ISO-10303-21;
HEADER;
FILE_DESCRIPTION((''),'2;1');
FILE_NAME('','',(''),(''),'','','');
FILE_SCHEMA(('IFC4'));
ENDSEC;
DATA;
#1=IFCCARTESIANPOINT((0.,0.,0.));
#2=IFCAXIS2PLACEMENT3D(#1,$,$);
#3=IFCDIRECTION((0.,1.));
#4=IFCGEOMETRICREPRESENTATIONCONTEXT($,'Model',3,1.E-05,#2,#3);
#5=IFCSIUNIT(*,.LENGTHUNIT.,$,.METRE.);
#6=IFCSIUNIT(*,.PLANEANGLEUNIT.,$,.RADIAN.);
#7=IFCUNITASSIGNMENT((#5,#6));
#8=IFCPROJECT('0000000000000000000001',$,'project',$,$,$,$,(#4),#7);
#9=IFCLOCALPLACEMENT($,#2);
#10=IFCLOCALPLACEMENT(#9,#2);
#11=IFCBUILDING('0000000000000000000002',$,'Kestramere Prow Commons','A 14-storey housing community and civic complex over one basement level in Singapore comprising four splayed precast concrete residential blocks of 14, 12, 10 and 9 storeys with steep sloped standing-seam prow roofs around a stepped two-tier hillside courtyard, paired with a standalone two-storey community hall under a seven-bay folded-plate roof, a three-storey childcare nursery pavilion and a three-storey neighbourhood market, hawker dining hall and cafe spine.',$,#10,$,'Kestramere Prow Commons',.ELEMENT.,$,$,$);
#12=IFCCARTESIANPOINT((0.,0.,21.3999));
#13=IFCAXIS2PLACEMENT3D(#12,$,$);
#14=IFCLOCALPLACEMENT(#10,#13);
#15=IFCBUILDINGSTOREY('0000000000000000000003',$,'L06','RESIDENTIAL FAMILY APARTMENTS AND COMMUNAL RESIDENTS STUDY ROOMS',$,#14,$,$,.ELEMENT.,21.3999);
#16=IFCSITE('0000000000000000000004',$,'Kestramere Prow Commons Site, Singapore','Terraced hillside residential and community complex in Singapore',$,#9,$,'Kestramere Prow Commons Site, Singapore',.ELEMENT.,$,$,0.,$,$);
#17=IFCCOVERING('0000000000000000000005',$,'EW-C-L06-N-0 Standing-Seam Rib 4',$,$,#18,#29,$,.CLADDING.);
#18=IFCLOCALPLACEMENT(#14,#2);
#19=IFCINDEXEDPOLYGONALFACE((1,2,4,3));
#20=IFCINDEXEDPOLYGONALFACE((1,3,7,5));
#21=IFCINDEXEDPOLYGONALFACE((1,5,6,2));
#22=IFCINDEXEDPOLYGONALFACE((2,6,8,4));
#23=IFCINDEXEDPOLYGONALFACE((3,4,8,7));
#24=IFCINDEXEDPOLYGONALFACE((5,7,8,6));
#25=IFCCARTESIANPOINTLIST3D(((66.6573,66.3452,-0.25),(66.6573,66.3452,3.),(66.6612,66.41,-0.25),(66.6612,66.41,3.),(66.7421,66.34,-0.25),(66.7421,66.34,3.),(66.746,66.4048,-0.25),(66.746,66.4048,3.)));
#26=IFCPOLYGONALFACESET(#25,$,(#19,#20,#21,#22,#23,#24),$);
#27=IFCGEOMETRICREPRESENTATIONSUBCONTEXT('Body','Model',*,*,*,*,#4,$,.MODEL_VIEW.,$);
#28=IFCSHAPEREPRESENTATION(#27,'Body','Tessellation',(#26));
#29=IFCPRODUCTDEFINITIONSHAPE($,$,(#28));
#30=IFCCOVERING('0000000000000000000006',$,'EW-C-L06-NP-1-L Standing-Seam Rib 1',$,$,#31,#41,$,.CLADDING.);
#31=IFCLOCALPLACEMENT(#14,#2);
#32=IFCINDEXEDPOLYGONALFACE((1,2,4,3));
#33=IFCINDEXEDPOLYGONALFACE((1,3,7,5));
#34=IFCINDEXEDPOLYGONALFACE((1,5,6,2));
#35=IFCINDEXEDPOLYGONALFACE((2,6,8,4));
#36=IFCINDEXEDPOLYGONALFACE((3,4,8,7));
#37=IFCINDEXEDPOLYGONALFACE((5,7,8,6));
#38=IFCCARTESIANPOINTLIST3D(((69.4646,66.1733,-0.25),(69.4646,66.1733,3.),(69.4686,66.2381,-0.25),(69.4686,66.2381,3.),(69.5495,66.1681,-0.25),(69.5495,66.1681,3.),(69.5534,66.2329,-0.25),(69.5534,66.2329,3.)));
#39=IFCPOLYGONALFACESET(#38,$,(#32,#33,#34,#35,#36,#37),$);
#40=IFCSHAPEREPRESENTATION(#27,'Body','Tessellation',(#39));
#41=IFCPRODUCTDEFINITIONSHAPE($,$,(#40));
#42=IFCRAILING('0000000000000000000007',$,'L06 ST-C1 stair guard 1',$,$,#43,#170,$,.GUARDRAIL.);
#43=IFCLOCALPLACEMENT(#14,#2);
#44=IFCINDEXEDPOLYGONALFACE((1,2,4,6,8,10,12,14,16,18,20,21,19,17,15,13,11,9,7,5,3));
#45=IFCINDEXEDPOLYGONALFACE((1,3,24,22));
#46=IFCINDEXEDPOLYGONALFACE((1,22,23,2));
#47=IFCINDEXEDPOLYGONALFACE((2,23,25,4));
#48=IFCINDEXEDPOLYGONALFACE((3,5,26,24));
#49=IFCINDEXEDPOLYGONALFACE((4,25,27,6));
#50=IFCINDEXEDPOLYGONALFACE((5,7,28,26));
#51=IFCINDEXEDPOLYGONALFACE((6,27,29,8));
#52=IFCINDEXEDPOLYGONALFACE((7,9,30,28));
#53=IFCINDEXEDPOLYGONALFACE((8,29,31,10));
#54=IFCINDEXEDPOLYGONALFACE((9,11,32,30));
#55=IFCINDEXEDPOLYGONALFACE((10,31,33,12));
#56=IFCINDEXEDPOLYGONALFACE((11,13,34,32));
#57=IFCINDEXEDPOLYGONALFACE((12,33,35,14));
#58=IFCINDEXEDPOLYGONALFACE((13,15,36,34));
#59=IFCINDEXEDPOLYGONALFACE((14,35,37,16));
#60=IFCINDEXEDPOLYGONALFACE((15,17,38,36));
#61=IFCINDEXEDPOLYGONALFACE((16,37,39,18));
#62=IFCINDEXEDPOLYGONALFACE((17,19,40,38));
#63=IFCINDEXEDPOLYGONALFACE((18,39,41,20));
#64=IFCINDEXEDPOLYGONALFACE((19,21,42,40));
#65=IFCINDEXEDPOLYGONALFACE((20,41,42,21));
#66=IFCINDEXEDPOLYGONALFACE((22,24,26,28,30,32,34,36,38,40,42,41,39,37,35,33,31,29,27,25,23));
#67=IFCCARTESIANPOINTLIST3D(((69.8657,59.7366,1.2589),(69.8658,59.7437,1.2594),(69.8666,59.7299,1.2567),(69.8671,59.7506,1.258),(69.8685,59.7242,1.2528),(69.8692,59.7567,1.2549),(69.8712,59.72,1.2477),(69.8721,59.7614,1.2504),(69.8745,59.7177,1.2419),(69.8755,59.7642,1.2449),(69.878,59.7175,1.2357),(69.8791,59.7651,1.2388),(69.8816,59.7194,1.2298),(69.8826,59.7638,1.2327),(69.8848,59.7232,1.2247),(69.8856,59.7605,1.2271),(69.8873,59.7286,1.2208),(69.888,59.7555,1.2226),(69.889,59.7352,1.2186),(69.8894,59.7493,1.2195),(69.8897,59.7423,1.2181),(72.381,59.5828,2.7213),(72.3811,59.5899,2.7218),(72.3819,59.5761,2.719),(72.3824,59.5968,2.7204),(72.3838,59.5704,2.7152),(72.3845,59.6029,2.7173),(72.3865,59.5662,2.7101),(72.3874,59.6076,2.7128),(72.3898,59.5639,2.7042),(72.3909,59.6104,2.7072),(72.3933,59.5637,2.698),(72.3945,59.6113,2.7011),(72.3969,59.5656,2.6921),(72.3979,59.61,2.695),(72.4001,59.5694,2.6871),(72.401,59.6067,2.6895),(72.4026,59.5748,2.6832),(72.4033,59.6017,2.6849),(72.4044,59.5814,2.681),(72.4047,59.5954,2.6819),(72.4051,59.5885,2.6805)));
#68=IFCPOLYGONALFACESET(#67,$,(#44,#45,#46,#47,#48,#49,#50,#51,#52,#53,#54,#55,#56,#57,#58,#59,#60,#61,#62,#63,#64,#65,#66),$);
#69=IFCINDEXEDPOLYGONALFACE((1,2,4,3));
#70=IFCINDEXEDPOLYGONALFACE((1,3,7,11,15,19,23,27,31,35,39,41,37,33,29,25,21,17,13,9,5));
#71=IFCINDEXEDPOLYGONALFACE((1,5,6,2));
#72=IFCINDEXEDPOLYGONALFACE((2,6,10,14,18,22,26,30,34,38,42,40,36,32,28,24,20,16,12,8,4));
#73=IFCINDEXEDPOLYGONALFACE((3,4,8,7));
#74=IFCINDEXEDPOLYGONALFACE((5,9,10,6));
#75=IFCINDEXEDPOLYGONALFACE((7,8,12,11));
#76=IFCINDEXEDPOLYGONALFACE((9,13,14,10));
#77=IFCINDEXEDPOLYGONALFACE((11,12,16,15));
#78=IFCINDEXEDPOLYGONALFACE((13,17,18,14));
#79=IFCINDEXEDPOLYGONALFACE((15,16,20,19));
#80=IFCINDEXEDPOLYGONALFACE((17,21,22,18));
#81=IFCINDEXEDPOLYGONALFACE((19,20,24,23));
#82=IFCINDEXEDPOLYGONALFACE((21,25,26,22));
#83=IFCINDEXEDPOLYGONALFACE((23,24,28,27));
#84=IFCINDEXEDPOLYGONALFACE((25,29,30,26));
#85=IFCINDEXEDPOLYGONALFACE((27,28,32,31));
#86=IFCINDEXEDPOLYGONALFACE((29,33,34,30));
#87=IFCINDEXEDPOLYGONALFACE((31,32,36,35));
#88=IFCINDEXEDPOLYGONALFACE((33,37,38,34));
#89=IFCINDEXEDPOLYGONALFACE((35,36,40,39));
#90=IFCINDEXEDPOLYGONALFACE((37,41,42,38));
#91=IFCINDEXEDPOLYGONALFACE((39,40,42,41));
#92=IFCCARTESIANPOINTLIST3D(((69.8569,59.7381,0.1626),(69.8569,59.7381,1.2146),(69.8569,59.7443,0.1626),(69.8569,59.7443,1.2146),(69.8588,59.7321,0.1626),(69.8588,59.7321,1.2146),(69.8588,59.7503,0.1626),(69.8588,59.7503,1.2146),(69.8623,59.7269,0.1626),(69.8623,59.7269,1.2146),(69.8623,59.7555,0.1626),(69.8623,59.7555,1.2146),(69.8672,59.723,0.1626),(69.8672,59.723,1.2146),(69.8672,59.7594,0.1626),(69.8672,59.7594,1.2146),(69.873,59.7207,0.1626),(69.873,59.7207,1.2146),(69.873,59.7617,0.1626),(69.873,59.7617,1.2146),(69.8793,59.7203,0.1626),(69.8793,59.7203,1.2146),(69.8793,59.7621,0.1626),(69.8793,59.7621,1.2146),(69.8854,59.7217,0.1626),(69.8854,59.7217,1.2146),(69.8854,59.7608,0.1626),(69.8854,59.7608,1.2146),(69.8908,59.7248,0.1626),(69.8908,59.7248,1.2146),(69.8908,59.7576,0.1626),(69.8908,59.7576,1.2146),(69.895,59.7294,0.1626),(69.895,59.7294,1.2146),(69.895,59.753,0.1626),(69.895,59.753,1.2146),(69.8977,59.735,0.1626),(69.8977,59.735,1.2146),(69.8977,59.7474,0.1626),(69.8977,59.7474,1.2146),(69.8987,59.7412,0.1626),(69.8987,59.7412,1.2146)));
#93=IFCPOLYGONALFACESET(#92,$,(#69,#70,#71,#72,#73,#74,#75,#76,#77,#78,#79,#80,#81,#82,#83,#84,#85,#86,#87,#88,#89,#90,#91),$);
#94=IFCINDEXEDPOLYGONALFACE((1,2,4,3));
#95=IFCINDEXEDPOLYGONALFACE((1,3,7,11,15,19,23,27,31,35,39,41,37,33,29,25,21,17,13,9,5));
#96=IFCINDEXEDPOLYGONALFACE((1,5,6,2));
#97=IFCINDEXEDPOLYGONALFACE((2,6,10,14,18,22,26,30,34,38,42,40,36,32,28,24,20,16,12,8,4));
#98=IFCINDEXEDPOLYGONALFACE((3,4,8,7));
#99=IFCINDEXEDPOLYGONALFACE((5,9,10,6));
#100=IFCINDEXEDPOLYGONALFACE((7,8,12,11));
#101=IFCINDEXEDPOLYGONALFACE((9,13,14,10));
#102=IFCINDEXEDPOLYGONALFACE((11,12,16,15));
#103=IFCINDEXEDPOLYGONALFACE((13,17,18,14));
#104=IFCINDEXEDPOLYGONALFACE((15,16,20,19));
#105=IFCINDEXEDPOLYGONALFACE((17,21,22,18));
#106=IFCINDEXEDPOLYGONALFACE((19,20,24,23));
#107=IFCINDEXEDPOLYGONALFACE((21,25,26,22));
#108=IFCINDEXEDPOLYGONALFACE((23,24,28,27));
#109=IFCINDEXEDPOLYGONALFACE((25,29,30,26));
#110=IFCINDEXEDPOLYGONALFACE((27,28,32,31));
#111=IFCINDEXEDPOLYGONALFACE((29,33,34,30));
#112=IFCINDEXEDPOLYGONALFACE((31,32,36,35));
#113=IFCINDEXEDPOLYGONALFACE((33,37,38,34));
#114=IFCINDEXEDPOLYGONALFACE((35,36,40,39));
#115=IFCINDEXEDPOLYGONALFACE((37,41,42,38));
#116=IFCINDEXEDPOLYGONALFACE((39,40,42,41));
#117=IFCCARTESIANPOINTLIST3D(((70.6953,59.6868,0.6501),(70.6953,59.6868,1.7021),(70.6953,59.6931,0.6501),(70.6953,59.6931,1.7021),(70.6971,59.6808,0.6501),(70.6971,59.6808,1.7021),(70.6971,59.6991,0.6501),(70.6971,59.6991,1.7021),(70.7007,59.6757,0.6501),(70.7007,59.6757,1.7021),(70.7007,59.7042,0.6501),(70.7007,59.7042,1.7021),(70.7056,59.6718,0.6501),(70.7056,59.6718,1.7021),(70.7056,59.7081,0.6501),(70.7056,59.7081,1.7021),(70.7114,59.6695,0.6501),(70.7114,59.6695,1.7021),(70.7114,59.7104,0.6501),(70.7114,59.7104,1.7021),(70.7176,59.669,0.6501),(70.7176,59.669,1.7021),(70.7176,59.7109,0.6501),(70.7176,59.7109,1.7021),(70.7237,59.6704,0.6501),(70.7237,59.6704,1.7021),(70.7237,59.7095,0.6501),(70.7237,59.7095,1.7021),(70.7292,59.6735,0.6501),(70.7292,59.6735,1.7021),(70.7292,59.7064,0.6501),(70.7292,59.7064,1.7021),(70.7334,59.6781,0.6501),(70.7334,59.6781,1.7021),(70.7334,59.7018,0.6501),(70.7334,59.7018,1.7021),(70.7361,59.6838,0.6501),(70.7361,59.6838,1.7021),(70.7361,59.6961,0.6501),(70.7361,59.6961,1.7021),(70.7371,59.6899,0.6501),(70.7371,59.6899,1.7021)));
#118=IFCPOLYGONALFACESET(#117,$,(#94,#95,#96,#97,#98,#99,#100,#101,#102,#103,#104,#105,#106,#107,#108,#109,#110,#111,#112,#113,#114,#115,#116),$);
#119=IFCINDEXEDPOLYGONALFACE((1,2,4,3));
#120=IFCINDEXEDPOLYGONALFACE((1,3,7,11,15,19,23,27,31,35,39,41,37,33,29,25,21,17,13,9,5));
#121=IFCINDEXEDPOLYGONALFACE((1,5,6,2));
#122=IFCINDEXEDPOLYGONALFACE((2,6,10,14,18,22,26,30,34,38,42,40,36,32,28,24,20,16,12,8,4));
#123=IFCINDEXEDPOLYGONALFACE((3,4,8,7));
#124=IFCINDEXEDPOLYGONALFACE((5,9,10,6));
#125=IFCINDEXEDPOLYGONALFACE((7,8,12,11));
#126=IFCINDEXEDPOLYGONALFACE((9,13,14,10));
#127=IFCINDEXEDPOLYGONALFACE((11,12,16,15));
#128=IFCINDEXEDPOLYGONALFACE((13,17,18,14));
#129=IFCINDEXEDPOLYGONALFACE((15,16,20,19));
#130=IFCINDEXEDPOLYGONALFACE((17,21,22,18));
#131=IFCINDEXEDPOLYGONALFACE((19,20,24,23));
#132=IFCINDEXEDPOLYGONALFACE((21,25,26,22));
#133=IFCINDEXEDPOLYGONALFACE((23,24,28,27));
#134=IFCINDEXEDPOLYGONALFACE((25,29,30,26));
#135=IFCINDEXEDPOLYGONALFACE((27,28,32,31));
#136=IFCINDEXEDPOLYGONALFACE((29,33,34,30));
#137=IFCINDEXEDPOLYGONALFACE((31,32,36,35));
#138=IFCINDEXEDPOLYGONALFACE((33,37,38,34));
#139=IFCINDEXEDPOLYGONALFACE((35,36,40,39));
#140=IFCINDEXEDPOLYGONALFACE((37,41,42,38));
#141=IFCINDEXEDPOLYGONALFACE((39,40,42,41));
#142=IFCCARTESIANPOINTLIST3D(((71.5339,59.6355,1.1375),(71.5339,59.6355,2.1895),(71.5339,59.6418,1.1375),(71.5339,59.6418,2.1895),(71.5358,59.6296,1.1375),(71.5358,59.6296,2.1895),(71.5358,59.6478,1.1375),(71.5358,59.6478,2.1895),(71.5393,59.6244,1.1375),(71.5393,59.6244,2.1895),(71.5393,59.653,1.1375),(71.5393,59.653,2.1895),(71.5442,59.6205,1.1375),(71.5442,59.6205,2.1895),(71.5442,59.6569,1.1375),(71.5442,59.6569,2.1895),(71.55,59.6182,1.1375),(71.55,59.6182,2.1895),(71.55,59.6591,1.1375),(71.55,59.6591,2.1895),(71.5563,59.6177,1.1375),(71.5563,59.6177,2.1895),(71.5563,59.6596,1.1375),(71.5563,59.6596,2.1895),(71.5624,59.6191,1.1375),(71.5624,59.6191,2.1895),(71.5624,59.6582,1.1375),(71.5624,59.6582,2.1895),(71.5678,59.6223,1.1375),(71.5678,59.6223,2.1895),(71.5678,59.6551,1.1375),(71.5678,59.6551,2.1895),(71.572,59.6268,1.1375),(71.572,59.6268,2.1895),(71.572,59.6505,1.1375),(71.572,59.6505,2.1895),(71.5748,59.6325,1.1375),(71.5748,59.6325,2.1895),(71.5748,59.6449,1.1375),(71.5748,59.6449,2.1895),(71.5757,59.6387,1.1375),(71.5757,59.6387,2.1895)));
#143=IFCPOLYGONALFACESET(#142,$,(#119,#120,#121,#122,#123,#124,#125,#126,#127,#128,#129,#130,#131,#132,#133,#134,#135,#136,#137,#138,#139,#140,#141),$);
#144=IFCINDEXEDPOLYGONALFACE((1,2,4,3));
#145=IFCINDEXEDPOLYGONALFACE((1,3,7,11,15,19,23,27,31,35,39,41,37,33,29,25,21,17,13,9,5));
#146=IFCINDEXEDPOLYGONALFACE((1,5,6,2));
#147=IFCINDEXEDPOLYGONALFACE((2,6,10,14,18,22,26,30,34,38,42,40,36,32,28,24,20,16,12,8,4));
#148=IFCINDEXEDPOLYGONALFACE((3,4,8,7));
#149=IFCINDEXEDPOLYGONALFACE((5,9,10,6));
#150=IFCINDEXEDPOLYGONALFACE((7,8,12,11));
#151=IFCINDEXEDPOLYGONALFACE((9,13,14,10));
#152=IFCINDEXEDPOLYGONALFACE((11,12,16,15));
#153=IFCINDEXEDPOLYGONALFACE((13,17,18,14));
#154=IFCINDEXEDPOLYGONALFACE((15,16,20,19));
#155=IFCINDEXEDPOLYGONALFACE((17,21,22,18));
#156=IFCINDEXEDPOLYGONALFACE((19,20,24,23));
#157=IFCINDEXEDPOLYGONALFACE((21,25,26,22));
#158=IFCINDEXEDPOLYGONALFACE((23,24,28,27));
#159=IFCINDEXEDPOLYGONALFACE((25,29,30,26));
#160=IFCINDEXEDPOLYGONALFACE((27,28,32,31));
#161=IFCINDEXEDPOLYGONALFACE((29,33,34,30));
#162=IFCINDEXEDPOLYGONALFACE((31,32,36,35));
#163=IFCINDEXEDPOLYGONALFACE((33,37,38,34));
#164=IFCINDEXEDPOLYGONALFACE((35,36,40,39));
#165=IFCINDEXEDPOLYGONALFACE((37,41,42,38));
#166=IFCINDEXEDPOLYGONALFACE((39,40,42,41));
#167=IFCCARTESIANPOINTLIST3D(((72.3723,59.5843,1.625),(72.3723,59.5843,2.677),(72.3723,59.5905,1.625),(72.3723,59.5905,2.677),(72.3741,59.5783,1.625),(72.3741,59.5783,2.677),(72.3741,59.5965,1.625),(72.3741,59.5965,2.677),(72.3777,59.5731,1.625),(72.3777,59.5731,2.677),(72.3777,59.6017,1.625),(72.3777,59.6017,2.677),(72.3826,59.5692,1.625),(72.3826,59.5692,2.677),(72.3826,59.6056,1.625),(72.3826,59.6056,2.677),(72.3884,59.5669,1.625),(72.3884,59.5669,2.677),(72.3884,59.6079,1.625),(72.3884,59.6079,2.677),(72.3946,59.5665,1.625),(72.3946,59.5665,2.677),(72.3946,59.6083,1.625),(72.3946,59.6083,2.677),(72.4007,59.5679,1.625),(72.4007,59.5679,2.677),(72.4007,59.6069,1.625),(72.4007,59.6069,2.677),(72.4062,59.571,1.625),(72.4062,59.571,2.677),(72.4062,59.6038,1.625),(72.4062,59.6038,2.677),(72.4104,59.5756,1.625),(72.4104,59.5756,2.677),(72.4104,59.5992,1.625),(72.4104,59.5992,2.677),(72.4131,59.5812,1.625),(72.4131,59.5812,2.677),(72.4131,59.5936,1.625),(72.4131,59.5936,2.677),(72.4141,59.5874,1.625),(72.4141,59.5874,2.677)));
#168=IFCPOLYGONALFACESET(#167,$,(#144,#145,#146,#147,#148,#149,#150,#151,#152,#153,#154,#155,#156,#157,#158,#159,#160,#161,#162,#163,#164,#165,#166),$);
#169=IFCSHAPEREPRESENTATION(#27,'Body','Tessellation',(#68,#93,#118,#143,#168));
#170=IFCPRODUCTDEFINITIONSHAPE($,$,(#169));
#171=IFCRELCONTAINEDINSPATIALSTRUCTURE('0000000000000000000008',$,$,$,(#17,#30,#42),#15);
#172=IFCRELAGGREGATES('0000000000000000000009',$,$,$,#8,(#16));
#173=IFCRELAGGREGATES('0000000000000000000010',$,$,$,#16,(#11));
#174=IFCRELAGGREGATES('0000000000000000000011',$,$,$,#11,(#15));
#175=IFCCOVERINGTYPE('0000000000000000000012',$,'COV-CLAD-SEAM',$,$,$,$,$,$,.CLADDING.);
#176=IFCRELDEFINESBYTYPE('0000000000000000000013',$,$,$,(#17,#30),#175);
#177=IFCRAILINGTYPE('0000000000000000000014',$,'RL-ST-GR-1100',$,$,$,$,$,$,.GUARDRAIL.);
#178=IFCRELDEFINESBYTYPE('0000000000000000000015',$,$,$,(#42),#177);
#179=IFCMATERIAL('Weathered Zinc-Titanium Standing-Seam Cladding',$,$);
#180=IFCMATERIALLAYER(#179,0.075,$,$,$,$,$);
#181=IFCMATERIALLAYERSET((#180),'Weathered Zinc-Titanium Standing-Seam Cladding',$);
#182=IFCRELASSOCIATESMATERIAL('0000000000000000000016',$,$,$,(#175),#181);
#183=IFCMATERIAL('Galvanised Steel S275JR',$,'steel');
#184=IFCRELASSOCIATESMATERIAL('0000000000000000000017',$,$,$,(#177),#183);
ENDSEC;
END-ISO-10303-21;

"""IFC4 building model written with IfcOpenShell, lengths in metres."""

from ifc_helpers import new_model, si_unit, direction, frame, origin, origin_2d, place, context, subcontext, project, spatial, rectangle, circle, extrude, material, layer, layer_set, type_object, element, save


model = new_model("IFC4")

# Units and contexts
model_context = context("Model", 3, precision=1e-05, world=origin(), true_north=direction((0.0, 1.0)))
body_context = subcontext(model_context, "Body", "Model", "MODEL_VIEW")
ifc_project = project(units=[si_unit("LENGTHUNIT", "METRE"), si_unit("PLANEANGLEUNIT", "RADIAN")], contexts=[model_context])

# Site, building, storey
site_placement = place(None, origin())
site = spatial("IfcSite", under=ifc_project, at=site_placement, Name="Kestramere Prow Commons Site, Singapore", Description="Terraced hillside residential and community complex in Singapore", LongName="Kestramere Prow Commons Site, Singapore", CompositionType="ELEMENT", RefElevation=0.0)
building_placement = place(site_placement, origin())
building = spatial("IfcBuilding", under=site, at=building_placement, Name="Kestramere Prow Commons", Description="A 14-storey housing community and civic complex over one basement level in Singapore comprising four splayed precast concrete residential blocks of 14, 12, 10 and 9 storeys with steep sloped standing-seam prow roofs around a stepped two-tier hillside courtyard, paired with a standalone two-storey community hall under a seven-bay folded-plate roof, a three-storey childcare nursery pavilion and a three-storey neighbourhood market, hawker dining hall and cafe spine.", LongName="Kestramere Prow Commons", CompositionType="ELEMENT")
storey_placement = place(building_placement, frame((0.0, 0.0, 21.3999)))
storey = spatial("IfcBuildingStorey", under=building, at=storey_placement, Name="L06", Description="RESIDENTIAL FAMILY APARTMENTS AND COMMUNAL RESIDENTS STUDY ROOMS", CompositionType="ELEMENT", Elevation=21.3999)

# Coverings
ifc_material_1 = material(Name="Weathered Zinc-Titanium Standing-Seam Cladding")
ifc_layer_1 = layer(ifc_material_1, 0.075)
ifc_layer_set_1 = layer_set([ifc_layer_1], Name="Weathered Zinc-Titanium Standing-Seam Cladding")
covering_type = type_object("IfcCoveringType", Name="COV-CLAD-SEAM", PredefinedType="CLADDING", material=ifc_layer_set_1)
for number, where, z_axis, x_axis, name in (
    (1, (66.7017, 66.375, -0.25), (0.0, 0.0, 1.0), (0.998135, -0.061049, 0.0), "EW-C-L06-N-0 Standing-Seam Rib 4"),
    (2, (69.509, 66.2031, -0.25), (0.0, 0.0, 1.0), (0.998135, -0.061049, 0.0), "EW-C-L06-NP-1-L Standing-Seam Rib 1"),
):
    element("IfcCovering", number, at=place(storey_placement, frame(where, z_axis=z_axis, x_axis=x_axis)), inside=storey, type_object=covering_type, Name=name, PredefinedType="CLADDING", context=body_context, shape_type="SweptSolid", body=[
        extrude(rectangle(XDim=0.085, YDim=0.0649, at=origin_2d()), origin(), (0.0, 0.0, 1.0), 3.25),
    ])

# Railing
ifc_material_2 = material(Name="Galvanised Steel S275JR", Category="steel")
railing_type_1 = type_object("IfcRailingType", Name="RL-ST-GR-1100", PredefinedType="GUARDRAIL", material=ifc_material_2)
railing_1_placement = place(storey_placement, frame((69.8777, 59.7412, 0.1626)))
element("IfcRailing", 3, at=railing_1_placement, inside=storey, type_object=railing_type_1, Name="L06 ST-C1 stair guard 1", PredefinedType="GUARDRAIL", context=body_context, shape_type="SweptSolid", body=[
    extrude(circle(Radius=0.0239, at=origin_2d()), frame((0.0, 0.0, 1.0762), z_axis=(0.863306, -0.052789, 0.501912), x_axis=(0.061033, 0.998136, 0.0)), (0.0, 0.0, 1.0), 2.9136),
    extrude(circle(Radius=0.021, at=origin_2d()), origin(), (0.0, 0.0, 1.0), 1.052),
    extrude(circle(Radius=0.021, at=origin_2d()), frame((0.8384, -0.0513, 0.4875)), (0.0, 0.0, 1.0), 1.052),
    extrude(circle(Radius=0.021, at=origin_2d()), frame((1.677, -0.1025, 0.9749)), (0.0, 0.0, 1.0), 1.052),
    extrude(circle(Radius=0.021, at=origin_2d()), frame((2.5154, -0.1538, 1.4624)), (0.0, 0.0, 1.0), 1.052),
])

save(model, "model.ifc")
